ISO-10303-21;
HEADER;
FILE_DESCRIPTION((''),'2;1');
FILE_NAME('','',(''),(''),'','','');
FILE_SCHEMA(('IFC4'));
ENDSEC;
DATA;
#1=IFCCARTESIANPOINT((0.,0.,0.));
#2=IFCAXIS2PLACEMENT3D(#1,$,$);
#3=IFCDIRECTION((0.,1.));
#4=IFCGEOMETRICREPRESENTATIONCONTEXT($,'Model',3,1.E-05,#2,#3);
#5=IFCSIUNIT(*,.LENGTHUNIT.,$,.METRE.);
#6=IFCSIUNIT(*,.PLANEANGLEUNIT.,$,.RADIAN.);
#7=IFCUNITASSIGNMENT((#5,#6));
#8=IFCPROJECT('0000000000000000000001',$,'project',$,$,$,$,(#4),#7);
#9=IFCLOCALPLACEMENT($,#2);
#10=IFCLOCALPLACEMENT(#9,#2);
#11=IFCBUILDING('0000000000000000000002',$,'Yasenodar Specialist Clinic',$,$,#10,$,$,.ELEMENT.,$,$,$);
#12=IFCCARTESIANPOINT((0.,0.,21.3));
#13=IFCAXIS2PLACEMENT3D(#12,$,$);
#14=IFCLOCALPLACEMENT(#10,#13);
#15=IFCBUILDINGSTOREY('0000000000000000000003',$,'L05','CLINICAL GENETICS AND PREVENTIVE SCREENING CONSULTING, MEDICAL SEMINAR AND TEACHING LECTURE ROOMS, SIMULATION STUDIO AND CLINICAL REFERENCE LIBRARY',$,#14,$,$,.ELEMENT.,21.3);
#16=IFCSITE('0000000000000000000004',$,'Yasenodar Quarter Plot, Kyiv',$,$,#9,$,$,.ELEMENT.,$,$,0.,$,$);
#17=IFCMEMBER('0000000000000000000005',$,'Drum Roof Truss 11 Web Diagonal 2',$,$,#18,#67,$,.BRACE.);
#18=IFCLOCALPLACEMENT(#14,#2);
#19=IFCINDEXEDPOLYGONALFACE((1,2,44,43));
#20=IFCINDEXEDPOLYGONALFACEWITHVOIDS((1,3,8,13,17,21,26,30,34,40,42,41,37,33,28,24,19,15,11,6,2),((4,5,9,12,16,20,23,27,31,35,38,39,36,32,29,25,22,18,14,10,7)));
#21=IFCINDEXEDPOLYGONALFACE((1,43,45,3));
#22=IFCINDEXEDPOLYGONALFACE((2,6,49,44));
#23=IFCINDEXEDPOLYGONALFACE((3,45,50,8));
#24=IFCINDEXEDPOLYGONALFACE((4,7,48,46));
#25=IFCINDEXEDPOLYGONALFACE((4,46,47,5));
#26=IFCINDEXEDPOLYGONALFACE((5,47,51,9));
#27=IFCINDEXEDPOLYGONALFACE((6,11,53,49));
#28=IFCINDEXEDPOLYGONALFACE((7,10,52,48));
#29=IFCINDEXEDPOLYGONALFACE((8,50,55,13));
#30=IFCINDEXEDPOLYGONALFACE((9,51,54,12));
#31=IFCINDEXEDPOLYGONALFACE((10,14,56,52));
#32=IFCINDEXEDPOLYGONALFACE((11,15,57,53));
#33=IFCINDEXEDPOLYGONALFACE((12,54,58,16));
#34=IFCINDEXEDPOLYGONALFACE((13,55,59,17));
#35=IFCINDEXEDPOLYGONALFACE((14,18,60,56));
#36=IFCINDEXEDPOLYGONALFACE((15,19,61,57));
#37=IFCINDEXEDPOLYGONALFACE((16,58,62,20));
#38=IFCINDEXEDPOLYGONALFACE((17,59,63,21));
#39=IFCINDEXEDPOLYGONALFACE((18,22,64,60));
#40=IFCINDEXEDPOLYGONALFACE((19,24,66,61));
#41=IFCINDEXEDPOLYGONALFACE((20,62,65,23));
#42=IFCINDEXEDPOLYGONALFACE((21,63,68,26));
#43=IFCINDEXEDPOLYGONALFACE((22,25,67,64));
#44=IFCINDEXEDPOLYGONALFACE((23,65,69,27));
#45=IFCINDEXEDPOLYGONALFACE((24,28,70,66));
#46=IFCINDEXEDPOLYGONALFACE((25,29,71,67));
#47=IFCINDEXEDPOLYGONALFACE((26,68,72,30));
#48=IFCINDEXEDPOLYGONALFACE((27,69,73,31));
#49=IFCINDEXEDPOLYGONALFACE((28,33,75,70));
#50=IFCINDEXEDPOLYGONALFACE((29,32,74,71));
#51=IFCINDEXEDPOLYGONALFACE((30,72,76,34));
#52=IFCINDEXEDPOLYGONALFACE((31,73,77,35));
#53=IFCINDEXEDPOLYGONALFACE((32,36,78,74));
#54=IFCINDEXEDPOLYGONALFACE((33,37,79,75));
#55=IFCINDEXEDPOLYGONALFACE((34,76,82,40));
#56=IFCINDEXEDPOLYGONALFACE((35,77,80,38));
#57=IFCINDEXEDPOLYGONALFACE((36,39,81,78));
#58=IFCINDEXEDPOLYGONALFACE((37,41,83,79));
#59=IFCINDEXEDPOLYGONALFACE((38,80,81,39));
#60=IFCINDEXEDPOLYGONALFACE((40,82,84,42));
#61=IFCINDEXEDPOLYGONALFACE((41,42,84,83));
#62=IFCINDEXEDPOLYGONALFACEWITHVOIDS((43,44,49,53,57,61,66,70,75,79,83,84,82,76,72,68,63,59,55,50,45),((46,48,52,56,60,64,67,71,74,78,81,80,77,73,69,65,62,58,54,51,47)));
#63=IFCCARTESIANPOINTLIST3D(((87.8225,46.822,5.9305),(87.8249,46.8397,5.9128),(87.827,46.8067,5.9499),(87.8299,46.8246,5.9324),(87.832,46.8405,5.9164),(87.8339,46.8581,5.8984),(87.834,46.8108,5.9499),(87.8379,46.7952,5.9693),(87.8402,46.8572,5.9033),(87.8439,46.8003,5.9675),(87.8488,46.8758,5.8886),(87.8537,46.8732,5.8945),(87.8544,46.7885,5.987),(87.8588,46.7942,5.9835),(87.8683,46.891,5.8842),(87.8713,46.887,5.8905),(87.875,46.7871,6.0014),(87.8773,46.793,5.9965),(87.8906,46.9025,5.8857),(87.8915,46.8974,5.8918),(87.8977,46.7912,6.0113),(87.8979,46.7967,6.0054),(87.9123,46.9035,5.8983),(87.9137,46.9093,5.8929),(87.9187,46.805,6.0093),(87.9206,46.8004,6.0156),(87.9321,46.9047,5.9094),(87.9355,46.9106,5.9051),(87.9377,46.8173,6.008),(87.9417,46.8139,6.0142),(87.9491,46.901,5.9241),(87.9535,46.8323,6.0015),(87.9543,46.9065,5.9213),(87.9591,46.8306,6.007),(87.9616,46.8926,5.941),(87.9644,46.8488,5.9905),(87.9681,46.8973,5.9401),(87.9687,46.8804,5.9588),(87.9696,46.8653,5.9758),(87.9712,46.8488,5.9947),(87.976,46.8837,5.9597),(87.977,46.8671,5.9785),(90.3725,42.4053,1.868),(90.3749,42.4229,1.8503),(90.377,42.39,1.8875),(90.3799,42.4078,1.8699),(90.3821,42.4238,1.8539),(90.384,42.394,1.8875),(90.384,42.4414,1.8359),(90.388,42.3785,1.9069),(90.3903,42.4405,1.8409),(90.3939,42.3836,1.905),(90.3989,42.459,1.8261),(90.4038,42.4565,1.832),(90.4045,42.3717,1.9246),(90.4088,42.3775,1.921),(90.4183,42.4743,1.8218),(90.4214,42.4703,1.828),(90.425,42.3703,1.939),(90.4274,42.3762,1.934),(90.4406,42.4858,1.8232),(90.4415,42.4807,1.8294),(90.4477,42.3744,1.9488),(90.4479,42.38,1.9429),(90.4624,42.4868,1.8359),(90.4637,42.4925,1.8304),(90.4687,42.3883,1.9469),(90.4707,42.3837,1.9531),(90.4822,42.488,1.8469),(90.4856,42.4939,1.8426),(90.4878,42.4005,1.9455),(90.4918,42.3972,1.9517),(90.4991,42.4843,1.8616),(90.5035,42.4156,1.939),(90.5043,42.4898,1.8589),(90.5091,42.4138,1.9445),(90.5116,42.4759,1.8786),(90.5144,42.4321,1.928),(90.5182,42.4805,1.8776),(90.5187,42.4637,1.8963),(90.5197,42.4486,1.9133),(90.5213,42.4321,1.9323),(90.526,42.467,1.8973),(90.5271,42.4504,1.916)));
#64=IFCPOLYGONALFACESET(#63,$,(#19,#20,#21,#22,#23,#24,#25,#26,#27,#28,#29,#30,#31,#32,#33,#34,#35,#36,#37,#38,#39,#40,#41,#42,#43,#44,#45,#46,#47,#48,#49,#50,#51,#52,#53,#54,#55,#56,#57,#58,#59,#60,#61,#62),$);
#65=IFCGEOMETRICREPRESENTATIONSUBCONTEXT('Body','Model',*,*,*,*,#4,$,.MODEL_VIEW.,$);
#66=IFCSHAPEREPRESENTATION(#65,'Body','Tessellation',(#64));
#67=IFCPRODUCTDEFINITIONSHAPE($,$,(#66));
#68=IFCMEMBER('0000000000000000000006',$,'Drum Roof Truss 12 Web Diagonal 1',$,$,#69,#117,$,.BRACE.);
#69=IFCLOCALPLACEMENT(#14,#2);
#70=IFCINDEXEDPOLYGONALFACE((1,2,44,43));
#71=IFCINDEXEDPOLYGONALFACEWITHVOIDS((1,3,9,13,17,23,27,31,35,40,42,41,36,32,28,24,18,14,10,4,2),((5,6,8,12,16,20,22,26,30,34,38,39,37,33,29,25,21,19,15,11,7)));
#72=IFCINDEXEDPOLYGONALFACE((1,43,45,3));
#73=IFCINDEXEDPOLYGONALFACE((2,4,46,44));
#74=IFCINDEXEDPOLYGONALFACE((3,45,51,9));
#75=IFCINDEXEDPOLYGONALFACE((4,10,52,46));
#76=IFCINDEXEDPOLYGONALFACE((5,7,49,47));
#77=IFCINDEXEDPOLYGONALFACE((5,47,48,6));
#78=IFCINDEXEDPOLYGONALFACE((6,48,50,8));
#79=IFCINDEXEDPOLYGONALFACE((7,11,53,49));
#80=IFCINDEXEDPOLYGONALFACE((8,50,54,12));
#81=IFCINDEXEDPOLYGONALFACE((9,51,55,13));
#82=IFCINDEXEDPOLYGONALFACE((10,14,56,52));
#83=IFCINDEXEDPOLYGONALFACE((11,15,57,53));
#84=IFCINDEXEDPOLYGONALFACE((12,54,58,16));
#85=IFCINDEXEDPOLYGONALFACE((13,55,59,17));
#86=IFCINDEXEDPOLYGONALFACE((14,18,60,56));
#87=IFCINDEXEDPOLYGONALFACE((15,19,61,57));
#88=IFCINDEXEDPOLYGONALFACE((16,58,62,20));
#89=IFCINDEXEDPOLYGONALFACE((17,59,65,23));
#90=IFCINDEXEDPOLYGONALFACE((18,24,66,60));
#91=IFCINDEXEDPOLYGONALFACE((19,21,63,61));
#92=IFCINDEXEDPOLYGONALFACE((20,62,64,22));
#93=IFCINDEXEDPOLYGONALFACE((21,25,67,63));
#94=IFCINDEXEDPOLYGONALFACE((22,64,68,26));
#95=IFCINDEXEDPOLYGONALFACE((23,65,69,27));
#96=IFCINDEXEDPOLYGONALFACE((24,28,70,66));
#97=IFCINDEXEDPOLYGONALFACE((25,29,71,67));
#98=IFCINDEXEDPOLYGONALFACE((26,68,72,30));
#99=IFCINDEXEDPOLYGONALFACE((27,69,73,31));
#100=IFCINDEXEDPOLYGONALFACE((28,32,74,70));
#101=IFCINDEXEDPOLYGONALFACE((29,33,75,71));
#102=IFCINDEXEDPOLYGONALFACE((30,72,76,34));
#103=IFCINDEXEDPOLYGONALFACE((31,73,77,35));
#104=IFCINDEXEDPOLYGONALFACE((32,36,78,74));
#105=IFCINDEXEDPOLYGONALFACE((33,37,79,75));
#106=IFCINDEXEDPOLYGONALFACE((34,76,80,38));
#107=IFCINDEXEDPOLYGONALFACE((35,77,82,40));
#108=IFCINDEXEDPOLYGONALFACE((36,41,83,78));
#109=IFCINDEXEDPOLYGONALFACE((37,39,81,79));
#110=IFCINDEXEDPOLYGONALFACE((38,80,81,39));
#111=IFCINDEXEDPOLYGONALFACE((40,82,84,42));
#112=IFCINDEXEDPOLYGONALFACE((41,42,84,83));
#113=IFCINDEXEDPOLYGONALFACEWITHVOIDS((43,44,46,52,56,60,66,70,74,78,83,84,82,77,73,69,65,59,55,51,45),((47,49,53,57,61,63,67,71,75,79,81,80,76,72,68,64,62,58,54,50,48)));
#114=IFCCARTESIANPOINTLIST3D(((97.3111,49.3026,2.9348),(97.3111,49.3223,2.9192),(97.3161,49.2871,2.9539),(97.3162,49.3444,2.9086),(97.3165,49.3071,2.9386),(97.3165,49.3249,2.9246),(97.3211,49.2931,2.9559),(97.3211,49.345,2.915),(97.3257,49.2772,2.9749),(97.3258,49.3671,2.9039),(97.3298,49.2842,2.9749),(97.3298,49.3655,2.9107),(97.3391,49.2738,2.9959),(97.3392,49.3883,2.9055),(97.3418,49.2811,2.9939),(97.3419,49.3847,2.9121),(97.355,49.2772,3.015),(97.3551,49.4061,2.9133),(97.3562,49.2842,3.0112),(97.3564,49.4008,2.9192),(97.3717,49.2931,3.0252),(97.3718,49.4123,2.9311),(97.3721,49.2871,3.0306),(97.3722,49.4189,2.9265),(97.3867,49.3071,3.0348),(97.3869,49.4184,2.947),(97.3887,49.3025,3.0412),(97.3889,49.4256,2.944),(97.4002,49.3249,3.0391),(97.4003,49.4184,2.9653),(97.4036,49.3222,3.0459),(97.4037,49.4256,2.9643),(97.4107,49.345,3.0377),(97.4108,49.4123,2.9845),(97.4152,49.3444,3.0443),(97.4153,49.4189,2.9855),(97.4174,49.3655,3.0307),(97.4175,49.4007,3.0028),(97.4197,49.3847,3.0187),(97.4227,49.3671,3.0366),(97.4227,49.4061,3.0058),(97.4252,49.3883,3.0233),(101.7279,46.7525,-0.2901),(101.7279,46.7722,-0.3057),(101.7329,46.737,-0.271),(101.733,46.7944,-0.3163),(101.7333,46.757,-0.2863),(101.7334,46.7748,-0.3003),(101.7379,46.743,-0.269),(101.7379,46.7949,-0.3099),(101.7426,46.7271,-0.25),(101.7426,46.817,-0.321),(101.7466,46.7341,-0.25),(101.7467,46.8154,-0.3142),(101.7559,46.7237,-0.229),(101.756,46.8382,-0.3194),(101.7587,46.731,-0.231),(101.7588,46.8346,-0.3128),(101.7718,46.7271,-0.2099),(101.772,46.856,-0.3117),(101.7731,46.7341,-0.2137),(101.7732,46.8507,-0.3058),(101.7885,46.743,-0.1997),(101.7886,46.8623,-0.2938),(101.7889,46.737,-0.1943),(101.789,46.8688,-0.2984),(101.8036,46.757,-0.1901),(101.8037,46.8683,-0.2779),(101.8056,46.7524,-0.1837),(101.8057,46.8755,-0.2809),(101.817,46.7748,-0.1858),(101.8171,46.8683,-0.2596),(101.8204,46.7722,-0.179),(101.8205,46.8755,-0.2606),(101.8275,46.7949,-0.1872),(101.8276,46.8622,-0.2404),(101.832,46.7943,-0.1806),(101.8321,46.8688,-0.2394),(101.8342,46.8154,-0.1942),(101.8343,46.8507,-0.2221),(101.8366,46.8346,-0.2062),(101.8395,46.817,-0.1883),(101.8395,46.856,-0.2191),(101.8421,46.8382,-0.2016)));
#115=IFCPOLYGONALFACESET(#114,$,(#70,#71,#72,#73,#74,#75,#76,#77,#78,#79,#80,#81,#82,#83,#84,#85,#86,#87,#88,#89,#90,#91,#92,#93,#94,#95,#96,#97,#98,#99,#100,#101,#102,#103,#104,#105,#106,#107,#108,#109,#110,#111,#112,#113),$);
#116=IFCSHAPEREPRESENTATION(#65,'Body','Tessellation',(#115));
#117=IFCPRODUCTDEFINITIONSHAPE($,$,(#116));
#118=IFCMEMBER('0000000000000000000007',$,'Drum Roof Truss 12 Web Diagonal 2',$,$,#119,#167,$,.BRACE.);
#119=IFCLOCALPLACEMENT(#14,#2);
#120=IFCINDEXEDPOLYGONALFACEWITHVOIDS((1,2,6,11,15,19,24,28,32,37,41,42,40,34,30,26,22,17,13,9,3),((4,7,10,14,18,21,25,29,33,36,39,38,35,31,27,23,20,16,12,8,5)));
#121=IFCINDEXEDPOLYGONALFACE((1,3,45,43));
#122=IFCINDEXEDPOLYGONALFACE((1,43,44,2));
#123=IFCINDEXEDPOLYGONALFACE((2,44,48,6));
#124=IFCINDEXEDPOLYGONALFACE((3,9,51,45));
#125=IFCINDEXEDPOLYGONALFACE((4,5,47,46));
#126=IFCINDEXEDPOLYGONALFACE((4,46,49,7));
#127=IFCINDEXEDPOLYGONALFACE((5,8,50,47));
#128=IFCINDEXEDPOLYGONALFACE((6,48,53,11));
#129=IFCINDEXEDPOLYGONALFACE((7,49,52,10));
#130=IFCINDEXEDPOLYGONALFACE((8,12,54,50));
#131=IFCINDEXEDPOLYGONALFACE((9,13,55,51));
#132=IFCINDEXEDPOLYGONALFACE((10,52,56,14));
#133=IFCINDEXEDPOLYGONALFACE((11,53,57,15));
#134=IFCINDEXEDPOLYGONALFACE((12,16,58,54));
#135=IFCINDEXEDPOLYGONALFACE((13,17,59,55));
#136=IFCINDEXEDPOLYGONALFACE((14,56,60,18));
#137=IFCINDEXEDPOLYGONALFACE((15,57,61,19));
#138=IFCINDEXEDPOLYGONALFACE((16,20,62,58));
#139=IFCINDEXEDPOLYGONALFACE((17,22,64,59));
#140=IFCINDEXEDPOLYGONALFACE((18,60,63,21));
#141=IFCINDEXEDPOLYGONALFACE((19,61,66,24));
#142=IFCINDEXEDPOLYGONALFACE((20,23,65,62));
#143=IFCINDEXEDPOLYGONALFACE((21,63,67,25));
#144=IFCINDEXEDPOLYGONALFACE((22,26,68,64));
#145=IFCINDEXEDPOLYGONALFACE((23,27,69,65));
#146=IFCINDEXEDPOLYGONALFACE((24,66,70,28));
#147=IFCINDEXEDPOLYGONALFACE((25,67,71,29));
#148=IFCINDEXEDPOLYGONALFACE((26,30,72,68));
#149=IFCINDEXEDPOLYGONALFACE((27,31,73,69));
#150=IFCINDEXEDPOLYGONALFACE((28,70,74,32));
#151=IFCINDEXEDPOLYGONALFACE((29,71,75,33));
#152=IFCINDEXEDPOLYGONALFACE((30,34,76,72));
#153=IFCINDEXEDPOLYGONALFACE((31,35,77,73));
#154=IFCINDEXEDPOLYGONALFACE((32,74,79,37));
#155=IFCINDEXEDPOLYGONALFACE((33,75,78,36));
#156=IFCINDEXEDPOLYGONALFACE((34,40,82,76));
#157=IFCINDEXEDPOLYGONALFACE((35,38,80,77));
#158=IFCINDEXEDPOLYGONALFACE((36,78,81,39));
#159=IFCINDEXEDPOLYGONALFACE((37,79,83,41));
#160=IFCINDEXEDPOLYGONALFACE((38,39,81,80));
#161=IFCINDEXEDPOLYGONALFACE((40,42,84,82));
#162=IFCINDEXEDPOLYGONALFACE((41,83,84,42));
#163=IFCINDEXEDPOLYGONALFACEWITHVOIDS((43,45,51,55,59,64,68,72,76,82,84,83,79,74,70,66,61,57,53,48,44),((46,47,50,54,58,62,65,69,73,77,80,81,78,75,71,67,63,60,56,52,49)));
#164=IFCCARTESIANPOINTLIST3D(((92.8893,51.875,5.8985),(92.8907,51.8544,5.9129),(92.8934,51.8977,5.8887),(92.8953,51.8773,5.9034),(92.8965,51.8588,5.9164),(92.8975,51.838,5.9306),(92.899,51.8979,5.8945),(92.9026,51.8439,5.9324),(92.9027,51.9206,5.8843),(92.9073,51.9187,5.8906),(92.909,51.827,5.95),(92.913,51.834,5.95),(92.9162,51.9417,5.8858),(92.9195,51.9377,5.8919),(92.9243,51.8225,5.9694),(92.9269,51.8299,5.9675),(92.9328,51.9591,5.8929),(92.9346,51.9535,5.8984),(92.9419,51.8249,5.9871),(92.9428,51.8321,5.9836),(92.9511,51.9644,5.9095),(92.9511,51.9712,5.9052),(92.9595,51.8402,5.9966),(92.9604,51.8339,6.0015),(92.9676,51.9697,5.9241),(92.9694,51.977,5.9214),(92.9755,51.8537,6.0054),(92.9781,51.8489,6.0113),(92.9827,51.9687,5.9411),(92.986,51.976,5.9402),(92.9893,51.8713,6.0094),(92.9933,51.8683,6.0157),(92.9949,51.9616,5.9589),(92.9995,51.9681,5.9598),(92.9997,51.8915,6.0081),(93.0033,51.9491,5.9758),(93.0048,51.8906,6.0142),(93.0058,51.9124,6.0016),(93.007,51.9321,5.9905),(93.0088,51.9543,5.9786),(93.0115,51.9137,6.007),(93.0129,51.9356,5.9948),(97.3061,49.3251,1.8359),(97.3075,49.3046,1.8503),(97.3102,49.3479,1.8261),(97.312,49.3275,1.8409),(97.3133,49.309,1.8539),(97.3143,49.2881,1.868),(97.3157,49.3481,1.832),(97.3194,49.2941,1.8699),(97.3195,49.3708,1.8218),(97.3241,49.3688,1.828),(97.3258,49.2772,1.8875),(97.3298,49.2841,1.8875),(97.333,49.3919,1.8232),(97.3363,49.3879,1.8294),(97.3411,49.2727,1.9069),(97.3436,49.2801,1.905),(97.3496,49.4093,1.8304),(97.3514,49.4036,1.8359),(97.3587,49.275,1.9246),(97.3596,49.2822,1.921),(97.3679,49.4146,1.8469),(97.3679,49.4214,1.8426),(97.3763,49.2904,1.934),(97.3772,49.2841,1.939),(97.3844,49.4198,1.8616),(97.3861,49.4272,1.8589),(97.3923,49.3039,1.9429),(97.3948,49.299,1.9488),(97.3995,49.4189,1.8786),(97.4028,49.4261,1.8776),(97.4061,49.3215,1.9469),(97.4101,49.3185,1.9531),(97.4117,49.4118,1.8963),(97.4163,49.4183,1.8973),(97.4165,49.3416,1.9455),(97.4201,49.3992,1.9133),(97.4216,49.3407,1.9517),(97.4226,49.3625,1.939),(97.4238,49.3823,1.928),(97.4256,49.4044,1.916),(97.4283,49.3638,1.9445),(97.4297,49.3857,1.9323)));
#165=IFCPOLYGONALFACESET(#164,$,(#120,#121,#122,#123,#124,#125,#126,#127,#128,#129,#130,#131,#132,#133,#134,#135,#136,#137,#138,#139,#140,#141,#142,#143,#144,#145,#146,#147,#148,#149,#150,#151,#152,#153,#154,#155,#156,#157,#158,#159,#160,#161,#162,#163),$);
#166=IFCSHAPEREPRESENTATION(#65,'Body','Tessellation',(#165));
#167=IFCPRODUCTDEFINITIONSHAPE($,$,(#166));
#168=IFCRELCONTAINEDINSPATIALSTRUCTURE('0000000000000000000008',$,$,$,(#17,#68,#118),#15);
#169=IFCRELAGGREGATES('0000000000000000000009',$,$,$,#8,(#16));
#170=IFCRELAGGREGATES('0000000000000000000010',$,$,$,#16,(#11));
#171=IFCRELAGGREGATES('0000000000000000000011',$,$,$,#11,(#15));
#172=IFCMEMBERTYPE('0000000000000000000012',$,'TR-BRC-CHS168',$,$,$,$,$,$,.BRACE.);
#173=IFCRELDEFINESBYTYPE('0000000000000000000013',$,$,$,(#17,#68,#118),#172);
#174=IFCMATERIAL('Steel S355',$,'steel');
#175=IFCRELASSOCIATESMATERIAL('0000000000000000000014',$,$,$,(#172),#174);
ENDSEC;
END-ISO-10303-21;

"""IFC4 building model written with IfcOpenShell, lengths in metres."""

from ifc_helpers import new_model, si_unit, direction, frame, origin, origin_2d, place, context, subcontext, project, spatial, hollow_circle, extrude, material, material_profile, profile_set, type_object, element, save


model = new_model("IFC4")

# Units and contexts
model_context = context("Model", 3, precision=1e-05, world=origin(), true_north=direction((0.0, 1.0)))
body_context = subcontext(model_context, "Body", "Model", "MODEL_VIEW")
ifc_project = project(units=[si_unit("LENGTHUNIT", "METRE"), si_unit("PLANEANGLEUNIT", "RADIAN")], contexts=[model_context])

# Site, building, storey
site_placement = place(None, origin())
site = spatial("IfcSite", under=ifc_project, at=site_placement, Name="Yasenodar Quarter Plot, Kyiv", CompositionType="ELEMENT", RefElevation=0.0)
building_placement = place(site_placement, origin())
building = spatial("IfcBuilding", under=site, at=building_placement, Name="Yasenodar Specialist Clinic", CompositionType="ELEMENT")
storey_placement = place(building_placement, frame((0.0, 0.0, 21.3)))
storey = spatial("IfcBuildingStorey", under=building, at=storey_placement, Name="L05", Description="CLINICAL GENETICS AND PREVENTIVE SCREENING CONSULTING, MEDICAL SEMINAR AND TEACHING LECTURE ROOMS, SIMULATION STUDIO AND CLINICAL REFERENCE LIBRARY", CompositionType="ELEMENT", Elevation=21.3)

# Members
ifc_material = material(Name="Steel S355", Category="steel")
ifc_material_profile_1 = material_profile(ifc_material, hollow_circle(Radius=0.0842, WallThickness=0.0081, at=origin_2d()), Name="CHS 168.3x8")
ifc_profile_set_1 = profile_set([ifc_material_profile_1], Name="Steel S355")
member_type_1 = type_object("IfcMemberType", Name="TR-BRC-CHS168", PredefinedType="BRACE", material=ifc_profile_set_1)
member_1_placement = place(storey_placement, frame((90.45, 42.4321, 1.8875), z_axis=(-0.391094, 0.677384, 0.623054), x_axis=(-0.866022, -0.500006, 0.0)))
element("IfcMember", 1, at=member_1_placement, inside=storey, type_object=member_type_1, Name="Drum Roof Truss 11 Web Diagonal 2", PredefinedType="BRACE", context=body_context, shape_type="SweptSolid", body=[
    extrude(hollow_circle(Radius=0.0842, WallThickness=0.0081, at=origin_2d()), origin(), (0.0, 0.0, 1.0), 6.5203),
])
member_2_placement = place(storey_placement, frame((101.7847, 46.8, -0.25), z_axis=(-0.731967, 0.422608, 0.53444), x_axis=(-0.500006, -0.866022, 0.0)))
element("IfcMember", 2, at=member_2_placement, inside=storey, type_object=member_type_1, Name="Drum Roof Truss 12 Web Diagonal 1", PredefinedType="BRACE", context=body_context, shape_type="SweptSolid", body=[
    extrude(hollow_circle(Radius=0.0842, WallThickness=0.0081, at=origin_2d()), origin(), (0.0, 0.0, 1.0), 6.0342),
])
member_3_placement = place(storey_placement, frame((97.3679, 49.3501, 1.8875), z_axis=(-0.677394, 0.391062, 0.623063), x_axis=(-0.49997, -0.866043, 0.0)))
element("IfcMember", 3, at=member_3_placement, inside=storey, type_object=member_type_1, Name="Drum Roof Truss 12 Web Diagonal 2", PredefinedType="BRACE", context=body_context, shape_type="SweptSolid", body=[
    extrude(hollow_circle(Radius=0.0842, WallThickness=0.0081, at=origin_2d()), origin(), (0.0, 0.0, 1.0), 6.5203),
])

save(model, "model.ifc")
